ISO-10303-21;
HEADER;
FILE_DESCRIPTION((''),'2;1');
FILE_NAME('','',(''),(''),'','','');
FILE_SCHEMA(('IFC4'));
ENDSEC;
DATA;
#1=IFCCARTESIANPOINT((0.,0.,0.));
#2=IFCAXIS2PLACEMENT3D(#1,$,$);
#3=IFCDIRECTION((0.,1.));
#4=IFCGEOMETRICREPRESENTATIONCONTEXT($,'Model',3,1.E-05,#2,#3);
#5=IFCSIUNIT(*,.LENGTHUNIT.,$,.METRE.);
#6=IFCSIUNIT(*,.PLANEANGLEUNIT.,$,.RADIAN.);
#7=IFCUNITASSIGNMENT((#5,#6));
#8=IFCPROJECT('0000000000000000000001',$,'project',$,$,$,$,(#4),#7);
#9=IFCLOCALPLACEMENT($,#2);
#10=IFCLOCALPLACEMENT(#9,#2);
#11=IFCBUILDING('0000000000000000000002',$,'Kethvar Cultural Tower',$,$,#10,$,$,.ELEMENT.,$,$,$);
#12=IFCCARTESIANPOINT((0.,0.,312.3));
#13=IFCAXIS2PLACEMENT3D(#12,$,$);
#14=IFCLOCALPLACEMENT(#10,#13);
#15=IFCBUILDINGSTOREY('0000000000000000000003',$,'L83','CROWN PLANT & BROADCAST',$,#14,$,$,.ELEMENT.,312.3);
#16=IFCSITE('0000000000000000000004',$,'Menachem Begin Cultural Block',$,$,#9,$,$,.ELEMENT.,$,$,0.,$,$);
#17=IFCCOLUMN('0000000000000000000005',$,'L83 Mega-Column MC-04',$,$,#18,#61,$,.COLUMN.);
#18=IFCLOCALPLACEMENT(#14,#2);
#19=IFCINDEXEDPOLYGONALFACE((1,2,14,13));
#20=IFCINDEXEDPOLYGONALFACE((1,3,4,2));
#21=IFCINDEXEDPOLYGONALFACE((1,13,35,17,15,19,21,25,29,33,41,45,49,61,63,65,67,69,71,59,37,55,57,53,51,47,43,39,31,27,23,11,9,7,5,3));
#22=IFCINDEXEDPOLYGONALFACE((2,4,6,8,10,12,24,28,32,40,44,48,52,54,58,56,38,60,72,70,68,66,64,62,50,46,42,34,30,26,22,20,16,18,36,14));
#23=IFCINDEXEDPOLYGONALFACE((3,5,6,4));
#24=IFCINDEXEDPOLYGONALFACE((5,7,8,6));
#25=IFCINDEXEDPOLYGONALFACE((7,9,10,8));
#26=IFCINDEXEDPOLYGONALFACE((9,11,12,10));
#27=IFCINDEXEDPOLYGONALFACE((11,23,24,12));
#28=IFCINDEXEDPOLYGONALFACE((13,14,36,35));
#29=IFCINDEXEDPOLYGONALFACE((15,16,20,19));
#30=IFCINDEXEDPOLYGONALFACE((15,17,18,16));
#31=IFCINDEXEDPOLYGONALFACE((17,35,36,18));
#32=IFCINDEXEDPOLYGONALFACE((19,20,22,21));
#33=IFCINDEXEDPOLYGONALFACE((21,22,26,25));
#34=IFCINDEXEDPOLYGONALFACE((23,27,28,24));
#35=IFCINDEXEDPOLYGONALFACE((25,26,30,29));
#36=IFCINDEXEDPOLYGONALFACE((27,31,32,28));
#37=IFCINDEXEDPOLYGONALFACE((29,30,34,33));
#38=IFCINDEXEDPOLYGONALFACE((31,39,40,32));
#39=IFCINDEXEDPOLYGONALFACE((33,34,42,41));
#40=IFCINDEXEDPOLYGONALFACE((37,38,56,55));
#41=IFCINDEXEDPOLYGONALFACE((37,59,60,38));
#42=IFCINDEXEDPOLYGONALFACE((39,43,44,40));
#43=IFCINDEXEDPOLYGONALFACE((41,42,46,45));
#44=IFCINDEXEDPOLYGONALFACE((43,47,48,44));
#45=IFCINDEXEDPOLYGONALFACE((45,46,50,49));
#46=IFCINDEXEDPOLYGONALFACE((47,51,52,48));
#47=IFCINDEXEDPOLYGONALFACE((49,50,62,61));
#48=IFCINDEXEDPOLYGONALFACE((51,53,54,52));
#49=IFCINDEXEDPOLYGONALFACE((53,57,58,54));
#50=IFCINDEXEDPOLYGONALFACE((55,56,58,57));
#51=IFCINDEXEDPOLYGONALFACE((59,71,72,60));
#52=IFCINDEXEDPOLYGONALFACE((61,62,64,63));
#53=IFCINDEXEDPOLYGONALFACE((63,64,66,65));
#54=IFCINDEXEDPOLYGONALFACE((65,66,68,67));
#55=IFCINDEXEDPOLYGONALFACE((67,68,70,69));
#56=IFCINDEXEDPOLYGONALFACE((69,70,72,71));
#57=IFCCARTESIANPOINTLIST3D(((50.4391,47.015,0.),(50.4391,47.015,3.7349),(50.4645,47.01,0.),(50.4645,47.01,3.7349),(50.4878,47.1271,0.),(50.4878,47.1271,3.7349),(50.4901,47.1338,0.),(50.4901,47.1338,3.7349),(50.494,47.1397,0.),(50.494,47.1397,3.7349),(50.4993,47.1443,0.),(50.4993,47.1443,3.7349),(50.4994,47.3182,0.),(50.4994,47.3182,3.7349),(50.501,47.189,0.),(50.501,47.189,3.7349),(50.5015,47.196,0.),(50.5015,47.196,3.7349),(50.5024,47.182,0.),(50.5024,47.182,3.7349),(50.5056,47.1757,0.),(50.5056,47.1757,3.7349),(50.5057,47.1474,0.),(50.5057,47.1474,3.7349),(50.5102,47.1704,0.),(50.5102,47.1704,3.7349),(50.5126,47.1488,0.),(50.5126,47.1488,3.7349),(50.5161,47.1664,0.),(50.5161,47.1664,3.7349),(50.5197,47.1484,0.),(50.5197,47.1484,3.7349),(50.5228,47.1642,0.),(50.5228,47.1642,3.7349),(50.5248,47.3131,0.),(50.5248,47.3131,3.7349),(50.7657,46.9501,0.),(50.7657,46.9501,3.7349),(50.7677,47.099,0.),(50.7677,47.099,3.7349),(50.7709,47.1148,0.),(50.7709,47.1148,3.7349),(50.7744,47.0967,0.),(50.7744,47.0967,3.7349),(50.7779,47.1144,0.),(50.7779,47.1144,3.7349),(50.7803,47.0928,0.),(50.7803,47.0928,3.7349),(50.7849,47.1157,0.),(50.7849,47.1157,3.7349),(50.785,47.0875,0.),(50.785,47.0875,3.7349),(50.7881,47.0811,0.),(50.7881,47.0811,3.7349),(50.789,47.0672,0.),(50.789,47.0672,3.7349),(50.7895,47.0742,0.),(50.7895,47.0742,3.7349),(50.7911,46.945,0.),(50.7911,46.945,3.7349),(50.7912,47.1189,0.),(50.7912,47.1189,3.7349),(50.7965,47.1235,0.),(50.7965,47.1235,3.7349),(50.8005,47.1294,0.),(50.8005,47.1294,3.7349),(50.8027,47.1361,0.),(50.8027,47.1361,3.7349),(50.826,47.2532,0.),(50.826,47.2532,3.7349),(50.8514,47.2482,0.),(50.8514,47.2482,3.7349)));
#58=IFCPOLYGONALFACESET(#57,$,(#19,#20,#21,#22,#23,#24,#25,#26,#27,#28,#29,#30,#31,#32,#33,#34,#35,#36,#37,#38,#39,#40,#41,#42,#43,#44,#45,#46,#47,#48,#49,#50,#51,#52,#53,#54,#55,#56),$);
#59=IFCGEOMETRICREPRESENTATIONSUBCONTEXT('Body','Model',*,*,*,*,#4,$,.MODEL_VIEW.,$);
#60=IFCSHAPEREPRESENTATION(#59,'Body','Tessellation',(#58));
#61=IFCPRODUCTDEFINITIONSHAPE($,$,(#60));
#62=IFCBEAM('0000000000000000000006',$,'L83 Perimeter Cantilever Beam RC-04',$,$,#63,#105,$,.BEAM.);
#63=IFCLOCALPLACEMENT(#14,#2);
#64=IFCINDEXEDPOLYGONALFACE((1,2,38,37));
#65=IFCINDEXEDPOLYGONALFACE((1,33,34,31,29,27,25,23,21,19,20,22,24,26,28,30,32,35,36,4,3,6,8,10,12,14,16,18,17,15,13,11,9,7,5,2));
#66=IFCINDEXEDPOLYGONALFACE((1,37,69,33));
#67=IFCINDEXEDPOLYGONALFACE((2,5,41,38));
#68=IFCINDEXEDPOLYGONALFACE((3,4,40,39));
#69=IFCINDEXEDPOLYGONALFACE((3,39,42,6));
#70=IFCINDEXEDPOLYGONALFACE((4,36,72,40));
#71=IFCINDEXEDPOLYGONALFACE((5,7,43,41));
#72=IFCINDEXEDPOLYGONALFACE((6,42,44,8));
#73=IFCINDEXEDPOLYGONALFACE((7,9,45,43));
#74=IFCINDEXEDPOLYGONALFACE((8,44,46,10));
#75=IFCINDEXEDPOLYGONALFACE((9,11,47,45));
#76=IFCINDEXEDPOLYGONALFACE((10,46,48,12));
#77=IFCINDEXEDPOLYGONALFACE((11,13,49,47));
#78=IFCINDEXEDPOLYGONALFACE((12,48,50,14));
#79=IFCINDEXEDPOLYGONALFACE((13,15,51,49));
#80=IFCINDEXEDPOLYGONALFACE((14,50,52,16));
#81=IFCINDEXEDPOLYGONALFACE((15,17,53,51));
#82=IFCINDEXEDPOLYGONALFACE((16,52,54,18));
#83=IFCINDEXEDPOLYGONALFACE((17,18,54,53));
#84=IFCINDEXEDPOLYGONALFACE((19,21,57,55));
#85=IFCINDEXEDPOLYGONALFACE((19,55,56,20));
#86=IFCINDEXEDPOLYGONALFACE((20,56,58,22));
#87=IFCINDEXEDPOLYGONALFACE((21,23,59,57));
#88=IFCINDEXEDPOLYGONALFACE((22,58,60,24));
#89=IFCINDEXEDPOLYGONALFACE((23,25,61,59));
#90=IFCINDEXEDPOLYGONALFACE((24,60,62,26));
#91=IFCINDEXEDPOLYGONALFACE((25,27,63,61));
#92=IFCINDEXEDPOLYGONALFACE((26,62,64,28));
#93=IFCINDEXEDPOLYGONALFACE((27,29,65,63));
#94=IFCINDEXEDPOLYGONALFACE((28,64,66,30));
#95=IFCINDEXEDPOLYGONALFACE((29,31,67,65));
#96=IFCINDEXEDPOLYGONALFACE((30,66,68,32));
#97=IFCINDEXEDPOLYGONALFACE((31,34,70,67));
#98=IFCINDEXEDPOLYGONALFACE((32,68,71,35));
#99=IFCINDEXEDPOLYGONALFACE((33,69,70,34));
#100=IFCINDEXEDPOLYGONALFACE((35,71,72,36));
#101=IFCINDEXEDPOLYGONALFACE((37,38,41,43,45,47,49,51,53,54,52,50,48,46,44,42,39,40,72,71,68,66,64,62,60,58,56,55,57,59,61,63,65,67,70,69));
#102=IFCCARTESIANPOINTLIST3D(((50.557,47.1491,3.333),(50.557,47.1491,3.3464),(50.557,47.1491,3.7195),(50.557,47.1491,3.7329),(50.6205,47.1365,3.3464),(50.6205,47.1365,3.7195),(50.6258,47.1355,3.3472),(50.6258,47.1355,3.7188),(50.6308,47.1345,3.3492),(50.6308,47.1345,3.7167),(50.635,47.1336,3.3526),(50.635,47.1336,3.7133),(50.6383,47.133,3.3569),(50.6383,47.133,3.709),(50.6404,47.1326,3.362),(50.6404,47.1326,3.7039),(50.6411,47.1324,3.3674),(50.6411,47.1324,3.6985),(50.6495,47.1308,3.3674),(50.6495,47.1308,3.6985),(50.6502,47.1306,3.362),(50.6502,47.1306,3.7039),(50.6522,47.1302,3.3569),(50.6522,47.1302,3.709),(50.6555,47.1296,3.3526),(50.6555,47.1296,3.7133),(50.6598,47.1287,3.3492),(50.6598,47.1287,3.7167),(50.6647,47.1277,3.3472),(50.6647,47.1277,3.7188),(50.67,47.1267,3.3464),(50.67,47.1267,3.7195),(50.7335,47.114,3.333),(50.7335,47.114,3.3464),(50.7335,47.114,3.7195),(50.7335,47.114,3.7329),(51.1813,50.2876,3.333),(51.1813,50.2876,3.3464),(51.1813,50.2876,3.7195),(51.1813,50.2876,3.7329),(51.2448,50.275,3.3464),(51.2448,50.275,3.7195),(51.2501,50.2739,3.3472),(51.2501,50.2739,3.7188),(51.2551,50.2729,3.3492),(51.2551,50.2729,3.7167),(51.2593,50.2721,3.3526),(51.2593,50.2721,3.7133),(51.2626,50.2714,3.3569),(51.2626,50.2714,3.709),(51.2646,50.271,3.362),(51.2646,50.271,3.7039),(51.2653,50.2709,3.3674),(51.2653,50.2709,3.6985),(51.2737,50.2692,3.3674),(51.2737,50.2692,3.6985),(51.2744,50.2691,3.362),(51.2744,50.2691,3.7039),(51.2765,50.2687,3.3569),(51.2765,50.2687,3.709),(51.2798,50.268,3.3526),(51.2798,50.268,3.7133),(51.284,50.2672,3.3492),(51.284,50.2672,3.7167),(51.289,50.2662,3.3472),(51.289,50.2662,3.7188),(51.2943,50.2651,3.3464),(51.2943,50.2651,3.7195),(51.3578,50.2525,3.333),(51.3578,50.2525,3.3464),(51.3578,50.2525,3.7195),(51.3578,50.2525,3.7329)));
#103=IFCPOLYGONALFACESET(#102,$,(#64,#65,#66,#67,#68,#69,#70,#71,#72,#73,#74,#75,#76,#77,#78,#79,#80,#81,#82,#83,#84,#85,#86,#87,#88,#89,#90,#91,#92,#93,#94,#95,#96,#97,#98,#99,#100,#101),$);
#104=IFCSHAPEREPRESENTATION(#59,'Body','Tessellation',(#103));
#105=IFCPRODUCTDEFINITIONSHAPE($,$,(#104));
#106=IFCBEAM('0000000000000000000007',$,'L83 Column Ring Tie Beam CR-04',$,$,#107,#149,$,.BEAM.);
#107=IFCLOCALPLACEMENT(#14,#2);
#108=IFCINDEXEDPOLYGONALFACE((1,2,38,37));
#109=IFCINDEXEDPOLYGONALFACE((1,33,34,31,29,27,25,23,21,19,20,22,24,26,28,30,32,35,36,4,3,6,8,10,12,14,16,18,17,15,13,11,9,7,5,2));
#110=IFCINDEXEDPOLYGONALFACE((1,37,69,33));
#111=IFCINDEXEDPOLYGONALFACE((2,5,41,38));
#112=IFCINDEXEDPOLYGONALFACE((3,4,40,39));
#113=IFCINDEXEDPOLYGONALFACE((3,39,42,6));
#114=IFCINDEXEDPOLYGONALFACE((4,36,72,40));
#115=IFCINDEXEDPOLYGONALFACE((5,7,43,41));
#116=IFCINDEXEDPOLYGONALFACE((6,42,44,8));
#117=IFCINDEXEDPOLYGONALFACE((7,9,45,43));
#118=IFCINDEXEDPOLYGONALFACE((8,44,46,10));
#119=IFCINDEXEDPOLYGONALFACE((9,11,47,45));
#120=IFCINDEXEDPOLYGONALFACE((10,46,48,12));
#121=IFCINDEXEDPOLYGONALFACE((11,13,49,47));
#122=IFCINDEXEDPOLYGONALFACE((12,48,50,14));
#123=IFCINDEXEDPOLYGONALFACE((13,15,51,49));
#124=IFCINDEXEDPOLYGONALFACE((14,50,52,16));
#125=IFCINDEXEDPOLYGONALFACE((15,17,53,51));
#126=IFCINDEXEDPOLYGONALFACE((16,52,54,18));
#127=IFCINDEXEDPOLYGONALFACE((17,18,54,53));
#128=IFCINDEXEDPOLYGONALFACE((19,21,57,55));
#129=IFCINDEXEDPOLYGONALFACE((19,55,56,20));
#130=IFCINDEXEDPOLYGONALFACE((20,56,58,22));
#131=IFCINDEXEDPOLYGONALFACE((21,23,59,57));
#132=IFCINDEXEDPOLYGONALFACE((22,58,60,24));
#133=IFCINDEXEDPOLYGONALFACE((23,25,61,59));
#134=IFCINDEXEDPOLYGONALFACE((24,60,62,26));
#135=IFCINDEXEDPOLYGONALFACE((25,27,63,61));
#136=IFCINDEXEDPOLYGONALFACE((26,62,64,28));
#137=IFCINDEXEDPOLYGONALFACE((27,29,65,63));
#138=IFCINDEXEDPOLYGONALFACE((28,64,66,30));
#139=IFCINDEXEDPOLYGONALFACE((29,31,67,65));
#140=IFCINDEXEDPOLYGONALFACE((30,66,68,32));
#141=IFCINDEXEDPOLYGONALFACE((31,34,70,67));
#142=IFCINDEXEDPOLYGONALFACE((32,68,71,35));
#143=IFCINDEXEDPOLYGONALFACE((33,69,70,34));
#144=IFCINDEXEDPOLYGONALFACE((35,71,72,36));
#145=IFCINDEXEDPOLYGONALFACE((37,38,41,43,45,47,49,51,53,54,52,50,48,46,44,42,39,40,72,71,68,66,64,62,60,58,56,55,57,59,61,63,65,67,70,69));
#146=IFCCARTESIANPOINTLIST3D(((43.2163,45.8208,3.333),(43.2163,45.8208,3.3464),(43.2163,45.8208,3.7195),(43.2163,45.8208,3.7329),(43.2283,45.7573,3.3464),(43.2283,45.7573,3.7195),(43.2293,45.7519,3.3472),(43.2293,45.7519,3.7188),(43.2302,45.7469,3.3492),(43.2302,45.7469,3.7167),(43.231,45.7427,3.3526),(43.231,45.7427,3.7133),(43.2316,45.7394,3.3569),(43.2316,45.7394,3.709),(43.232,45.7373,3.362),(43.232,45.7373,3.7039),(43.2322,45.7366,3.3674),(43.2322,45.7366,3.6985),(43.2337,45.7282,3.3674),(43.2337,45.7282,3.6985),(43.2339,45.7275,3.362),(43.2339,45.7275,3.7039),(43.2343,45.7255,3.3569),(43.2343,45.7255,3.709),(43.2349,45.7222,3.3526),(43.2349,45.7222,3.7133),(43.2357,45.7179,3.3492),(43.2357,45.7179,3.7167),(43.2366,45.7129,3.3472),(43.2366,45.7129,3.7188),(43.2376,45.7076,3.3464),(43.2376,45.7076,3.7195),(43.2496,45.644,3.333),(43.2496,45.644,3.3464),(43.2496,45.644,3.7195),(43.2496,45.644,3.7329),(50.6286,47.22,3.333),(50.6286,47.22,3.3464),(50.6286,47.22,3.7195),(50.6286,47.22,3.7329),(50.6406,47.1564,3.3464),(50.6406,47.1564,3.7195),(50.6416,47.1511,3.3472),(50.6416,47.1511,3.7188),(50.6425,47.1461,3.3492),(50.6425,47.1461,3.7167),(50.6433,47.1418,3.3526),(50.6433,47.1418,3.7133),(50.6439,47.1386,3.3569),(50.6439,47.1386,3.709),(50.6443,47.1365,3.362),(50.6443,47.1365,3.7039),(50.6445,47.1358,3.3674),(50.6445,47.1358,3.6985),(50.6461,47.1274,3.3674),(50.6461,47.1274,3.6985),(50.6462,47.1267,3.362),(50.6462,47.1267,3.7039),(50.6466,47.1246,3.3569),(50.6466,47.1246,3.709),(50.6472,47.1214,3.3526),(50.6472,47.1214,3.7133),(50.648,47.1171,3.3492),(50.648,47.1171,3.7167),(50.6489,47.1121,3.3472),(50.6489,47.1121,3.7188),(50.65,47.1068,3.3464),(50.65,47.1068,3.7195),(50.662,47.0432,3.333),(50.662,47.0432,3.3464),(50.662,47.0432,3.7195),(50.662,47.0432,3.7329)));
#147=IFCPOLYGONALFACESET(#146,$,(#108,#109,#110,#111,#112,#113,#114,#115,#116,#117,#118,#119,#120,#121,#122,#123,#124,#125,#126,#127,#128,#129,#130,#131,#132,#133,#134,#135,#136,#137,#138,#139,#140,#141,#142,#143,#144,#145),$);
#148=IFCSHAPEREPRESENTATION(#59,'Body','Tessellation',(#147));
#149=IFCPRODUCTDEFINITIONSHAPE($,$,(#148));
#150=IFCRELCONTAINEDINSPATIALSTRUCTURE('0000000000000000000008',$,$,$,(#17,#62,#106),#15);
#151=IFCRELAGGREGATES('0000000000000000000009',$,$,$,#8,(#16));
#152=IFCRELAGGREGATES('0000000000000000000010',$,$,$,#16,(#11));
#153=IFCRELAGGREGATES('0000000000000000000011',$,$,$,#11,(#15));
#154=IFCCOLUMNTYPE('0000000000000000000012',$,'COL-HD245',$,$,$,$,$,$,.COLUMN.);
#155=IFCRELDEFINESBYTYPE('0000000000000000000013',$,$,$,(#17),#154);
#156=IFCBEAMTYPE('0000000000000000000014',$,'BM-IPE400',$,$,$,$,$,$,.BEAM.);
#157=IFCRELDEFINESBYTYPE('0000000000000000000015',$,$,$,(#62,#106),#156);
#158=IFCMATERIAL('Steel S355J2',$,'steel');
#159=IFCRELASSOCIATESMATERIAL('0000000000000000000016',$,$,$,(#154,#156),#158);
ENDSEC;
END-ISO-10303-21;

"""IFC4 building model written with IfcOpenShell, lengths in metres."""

from ifc_helpers import new_model, si_unit, direction, frame, origin, origin_2d, place, context, subcontext, project, spatial, i_section, extrude, source, transform, mapped, material, material_profile, profile_set, type_object, element, save


model = new_model("IFC4")

# Units and contexts
model_context = context("Model", 3, precision=1e-05, world=origin(), true_north=direction((0.0, 1.0)))
body_context = subcontext(model_context, "Body", "Model", "MODEL_VIEW")
ifc_project = project(units=[si_unit("LENGTHUNIT", "METRE"), si_unit("PLANEANGLEUNIT", "RADIAN")], contexts=[model_context])

# Site, building, storey
site_placement = place(None, origin())
site = spatial("IfcSite", under=ifc_project, at=site_placement, Name="Menachem Begin Cultural Block", CompositionType="ELEMENT", RefElevation=0.0)
building_placement = place(site_placement, origin())
building = spatial("IfcBuilding", under=site, at=building_placement, Name="Kethvar Cultural Tower", CompositionType="ELEMENT")
storey_placement = place(building_placement, frame((0.0, 0.0, 312.3)))
storey = spatial("IfcBuildingStorey", under=building, at=storey_placement, Name="L83", Description="CROWN PLANT & BROADCAST", CompositionType="ELEMENT", Elevation=312.3)

# Column
ifc_material_1 = material(Name="Steel S355J2", Category="steel")
ifc_material_profile_1 = material_profile(ifc_material_1, i_section(OverallWidth=0.3091, OverallDepth=0.3589, WebThickness=0.0161, FlangeThickness=0.0259, FilletRadius=0.0271, at=origin_2d()), Name="Steel S355J2 — HD320x245")
ifc_profile_set_1 = profile_set([ifc_material_profile_1], Name="Steel S355J2 — HD320x245")
column_type = type_object("IfcColumnType", Name="COL-HD245", PredefinedType="COLUMN", material=ifc_profile_set_1)
shared_shape_1 = source(origin(), body_context, "Body", "SweptSolid", [
    extrude(i_section(OverallWidth=0.3091, OverallDepth=0.3589, WebThickness=0.0161, FlangeThickness=0.0259, FilletRadius=0.0271, at=origin_2d()), origin(), (0.0, 0.0, 1.0), 3.7349),
])
column_placement = place(storey_placement, frame((50.6453, 47.1316, 0.0), z_axis=(0.0, 0.0, 1.0), x_axis=(0.19509, 0.980785, 0.0)))
element("IfcColumn", 1, at=column_placement, inside=storey, type_object=column_type, Name="L83 Mega-Column MC-04", PredefinedType="COLUMN", context=body_context, shape_type="MappedRepresentation", body=[
    mapped(shared_shape_1, transform((0.0, 0.0, 0.0), scale=1.0)),
])

# Beams
ifc_material_profile_2 = material_profile(ifc_material_1, i_section(OverallWidth=0.1799, OverallDepth=0.3999, WebThickness=0.0085, FlangeThickness=0.0134, FilletRadius=0.021, at=origin_2d()), Name="Steel S355J2 — IPE400")
ifc_profile_set_2 = profile_set([ifc_material_profile_2], Name="Steel S355J2 — IPE400")
beam_type_1 = type_object("IfcBeamType", Name="BM-IPE400", PredefinedType="BEAM", material=ifc_profile_set_2)
shared_shape_2 = source(origin(), body_context, "Body", "SweptSolid", [
    extrude(i_section(OverallWidth=0.1799, OverallDepth=0.3999, WebThickness=0.0085, FlangeThickness=0.0134, FilletRadius=0.021, at=origin_2d()), origin(), (0.0, 0.0, 1.0), 3.2),
])
beam_1_placement = place(storey_placement, frame((50.6453, 47.1316, 3.533), z_axis=(0.195089, 0.980786, 0.0), x_axis=(-0.980786, 0.195089, 0.0)))
element("IfcBeam", 2, at=beam_1_placement, inside=storey, type_object=beam_type_1, Name="L83 Perimeter Cantilever Beam RC-04", PredefinedType="BEAM", context=body_context, shape_type="MappedRepresentation", body=[
    mapped(shared_shape_2, transform((0.0, 0.0, 0.0), scale=1.0)),
])
shared_shape_3 = source(origin(), body_context, "Body", "SweptSolid", [
    extrude(i_section(OverallWidth=0.1799, OverallDepth=0.3999, WebThickness=0.0085, FlangeThickness=0.0134, FilletRadius=0.021, at=origin_2d()), origin(), (0.0, 0.0, 1.0), 7.5432),
])
beam_2_placement = place(storey_placement, frame((50.6453, 47.1316, 3.533), z_axis=(-0.982647, -0.185486, 0.0), x_axis=(0.185486, -0.982647, 0.0)))
element("IfcBeam", 3, at=beam_2_placement, inside=storey, type_object=beam_type_1, Name="L83 Column Ring Tie Beam CR-04", PredefinedType="BEAM", context=body_context, shape_type="MappedRepresentation", body=[
    mapped(shared_shape_3, transform((0.0, 0.0, 0.0), scale=1.0)),
])

save(model, "model.ifc")
